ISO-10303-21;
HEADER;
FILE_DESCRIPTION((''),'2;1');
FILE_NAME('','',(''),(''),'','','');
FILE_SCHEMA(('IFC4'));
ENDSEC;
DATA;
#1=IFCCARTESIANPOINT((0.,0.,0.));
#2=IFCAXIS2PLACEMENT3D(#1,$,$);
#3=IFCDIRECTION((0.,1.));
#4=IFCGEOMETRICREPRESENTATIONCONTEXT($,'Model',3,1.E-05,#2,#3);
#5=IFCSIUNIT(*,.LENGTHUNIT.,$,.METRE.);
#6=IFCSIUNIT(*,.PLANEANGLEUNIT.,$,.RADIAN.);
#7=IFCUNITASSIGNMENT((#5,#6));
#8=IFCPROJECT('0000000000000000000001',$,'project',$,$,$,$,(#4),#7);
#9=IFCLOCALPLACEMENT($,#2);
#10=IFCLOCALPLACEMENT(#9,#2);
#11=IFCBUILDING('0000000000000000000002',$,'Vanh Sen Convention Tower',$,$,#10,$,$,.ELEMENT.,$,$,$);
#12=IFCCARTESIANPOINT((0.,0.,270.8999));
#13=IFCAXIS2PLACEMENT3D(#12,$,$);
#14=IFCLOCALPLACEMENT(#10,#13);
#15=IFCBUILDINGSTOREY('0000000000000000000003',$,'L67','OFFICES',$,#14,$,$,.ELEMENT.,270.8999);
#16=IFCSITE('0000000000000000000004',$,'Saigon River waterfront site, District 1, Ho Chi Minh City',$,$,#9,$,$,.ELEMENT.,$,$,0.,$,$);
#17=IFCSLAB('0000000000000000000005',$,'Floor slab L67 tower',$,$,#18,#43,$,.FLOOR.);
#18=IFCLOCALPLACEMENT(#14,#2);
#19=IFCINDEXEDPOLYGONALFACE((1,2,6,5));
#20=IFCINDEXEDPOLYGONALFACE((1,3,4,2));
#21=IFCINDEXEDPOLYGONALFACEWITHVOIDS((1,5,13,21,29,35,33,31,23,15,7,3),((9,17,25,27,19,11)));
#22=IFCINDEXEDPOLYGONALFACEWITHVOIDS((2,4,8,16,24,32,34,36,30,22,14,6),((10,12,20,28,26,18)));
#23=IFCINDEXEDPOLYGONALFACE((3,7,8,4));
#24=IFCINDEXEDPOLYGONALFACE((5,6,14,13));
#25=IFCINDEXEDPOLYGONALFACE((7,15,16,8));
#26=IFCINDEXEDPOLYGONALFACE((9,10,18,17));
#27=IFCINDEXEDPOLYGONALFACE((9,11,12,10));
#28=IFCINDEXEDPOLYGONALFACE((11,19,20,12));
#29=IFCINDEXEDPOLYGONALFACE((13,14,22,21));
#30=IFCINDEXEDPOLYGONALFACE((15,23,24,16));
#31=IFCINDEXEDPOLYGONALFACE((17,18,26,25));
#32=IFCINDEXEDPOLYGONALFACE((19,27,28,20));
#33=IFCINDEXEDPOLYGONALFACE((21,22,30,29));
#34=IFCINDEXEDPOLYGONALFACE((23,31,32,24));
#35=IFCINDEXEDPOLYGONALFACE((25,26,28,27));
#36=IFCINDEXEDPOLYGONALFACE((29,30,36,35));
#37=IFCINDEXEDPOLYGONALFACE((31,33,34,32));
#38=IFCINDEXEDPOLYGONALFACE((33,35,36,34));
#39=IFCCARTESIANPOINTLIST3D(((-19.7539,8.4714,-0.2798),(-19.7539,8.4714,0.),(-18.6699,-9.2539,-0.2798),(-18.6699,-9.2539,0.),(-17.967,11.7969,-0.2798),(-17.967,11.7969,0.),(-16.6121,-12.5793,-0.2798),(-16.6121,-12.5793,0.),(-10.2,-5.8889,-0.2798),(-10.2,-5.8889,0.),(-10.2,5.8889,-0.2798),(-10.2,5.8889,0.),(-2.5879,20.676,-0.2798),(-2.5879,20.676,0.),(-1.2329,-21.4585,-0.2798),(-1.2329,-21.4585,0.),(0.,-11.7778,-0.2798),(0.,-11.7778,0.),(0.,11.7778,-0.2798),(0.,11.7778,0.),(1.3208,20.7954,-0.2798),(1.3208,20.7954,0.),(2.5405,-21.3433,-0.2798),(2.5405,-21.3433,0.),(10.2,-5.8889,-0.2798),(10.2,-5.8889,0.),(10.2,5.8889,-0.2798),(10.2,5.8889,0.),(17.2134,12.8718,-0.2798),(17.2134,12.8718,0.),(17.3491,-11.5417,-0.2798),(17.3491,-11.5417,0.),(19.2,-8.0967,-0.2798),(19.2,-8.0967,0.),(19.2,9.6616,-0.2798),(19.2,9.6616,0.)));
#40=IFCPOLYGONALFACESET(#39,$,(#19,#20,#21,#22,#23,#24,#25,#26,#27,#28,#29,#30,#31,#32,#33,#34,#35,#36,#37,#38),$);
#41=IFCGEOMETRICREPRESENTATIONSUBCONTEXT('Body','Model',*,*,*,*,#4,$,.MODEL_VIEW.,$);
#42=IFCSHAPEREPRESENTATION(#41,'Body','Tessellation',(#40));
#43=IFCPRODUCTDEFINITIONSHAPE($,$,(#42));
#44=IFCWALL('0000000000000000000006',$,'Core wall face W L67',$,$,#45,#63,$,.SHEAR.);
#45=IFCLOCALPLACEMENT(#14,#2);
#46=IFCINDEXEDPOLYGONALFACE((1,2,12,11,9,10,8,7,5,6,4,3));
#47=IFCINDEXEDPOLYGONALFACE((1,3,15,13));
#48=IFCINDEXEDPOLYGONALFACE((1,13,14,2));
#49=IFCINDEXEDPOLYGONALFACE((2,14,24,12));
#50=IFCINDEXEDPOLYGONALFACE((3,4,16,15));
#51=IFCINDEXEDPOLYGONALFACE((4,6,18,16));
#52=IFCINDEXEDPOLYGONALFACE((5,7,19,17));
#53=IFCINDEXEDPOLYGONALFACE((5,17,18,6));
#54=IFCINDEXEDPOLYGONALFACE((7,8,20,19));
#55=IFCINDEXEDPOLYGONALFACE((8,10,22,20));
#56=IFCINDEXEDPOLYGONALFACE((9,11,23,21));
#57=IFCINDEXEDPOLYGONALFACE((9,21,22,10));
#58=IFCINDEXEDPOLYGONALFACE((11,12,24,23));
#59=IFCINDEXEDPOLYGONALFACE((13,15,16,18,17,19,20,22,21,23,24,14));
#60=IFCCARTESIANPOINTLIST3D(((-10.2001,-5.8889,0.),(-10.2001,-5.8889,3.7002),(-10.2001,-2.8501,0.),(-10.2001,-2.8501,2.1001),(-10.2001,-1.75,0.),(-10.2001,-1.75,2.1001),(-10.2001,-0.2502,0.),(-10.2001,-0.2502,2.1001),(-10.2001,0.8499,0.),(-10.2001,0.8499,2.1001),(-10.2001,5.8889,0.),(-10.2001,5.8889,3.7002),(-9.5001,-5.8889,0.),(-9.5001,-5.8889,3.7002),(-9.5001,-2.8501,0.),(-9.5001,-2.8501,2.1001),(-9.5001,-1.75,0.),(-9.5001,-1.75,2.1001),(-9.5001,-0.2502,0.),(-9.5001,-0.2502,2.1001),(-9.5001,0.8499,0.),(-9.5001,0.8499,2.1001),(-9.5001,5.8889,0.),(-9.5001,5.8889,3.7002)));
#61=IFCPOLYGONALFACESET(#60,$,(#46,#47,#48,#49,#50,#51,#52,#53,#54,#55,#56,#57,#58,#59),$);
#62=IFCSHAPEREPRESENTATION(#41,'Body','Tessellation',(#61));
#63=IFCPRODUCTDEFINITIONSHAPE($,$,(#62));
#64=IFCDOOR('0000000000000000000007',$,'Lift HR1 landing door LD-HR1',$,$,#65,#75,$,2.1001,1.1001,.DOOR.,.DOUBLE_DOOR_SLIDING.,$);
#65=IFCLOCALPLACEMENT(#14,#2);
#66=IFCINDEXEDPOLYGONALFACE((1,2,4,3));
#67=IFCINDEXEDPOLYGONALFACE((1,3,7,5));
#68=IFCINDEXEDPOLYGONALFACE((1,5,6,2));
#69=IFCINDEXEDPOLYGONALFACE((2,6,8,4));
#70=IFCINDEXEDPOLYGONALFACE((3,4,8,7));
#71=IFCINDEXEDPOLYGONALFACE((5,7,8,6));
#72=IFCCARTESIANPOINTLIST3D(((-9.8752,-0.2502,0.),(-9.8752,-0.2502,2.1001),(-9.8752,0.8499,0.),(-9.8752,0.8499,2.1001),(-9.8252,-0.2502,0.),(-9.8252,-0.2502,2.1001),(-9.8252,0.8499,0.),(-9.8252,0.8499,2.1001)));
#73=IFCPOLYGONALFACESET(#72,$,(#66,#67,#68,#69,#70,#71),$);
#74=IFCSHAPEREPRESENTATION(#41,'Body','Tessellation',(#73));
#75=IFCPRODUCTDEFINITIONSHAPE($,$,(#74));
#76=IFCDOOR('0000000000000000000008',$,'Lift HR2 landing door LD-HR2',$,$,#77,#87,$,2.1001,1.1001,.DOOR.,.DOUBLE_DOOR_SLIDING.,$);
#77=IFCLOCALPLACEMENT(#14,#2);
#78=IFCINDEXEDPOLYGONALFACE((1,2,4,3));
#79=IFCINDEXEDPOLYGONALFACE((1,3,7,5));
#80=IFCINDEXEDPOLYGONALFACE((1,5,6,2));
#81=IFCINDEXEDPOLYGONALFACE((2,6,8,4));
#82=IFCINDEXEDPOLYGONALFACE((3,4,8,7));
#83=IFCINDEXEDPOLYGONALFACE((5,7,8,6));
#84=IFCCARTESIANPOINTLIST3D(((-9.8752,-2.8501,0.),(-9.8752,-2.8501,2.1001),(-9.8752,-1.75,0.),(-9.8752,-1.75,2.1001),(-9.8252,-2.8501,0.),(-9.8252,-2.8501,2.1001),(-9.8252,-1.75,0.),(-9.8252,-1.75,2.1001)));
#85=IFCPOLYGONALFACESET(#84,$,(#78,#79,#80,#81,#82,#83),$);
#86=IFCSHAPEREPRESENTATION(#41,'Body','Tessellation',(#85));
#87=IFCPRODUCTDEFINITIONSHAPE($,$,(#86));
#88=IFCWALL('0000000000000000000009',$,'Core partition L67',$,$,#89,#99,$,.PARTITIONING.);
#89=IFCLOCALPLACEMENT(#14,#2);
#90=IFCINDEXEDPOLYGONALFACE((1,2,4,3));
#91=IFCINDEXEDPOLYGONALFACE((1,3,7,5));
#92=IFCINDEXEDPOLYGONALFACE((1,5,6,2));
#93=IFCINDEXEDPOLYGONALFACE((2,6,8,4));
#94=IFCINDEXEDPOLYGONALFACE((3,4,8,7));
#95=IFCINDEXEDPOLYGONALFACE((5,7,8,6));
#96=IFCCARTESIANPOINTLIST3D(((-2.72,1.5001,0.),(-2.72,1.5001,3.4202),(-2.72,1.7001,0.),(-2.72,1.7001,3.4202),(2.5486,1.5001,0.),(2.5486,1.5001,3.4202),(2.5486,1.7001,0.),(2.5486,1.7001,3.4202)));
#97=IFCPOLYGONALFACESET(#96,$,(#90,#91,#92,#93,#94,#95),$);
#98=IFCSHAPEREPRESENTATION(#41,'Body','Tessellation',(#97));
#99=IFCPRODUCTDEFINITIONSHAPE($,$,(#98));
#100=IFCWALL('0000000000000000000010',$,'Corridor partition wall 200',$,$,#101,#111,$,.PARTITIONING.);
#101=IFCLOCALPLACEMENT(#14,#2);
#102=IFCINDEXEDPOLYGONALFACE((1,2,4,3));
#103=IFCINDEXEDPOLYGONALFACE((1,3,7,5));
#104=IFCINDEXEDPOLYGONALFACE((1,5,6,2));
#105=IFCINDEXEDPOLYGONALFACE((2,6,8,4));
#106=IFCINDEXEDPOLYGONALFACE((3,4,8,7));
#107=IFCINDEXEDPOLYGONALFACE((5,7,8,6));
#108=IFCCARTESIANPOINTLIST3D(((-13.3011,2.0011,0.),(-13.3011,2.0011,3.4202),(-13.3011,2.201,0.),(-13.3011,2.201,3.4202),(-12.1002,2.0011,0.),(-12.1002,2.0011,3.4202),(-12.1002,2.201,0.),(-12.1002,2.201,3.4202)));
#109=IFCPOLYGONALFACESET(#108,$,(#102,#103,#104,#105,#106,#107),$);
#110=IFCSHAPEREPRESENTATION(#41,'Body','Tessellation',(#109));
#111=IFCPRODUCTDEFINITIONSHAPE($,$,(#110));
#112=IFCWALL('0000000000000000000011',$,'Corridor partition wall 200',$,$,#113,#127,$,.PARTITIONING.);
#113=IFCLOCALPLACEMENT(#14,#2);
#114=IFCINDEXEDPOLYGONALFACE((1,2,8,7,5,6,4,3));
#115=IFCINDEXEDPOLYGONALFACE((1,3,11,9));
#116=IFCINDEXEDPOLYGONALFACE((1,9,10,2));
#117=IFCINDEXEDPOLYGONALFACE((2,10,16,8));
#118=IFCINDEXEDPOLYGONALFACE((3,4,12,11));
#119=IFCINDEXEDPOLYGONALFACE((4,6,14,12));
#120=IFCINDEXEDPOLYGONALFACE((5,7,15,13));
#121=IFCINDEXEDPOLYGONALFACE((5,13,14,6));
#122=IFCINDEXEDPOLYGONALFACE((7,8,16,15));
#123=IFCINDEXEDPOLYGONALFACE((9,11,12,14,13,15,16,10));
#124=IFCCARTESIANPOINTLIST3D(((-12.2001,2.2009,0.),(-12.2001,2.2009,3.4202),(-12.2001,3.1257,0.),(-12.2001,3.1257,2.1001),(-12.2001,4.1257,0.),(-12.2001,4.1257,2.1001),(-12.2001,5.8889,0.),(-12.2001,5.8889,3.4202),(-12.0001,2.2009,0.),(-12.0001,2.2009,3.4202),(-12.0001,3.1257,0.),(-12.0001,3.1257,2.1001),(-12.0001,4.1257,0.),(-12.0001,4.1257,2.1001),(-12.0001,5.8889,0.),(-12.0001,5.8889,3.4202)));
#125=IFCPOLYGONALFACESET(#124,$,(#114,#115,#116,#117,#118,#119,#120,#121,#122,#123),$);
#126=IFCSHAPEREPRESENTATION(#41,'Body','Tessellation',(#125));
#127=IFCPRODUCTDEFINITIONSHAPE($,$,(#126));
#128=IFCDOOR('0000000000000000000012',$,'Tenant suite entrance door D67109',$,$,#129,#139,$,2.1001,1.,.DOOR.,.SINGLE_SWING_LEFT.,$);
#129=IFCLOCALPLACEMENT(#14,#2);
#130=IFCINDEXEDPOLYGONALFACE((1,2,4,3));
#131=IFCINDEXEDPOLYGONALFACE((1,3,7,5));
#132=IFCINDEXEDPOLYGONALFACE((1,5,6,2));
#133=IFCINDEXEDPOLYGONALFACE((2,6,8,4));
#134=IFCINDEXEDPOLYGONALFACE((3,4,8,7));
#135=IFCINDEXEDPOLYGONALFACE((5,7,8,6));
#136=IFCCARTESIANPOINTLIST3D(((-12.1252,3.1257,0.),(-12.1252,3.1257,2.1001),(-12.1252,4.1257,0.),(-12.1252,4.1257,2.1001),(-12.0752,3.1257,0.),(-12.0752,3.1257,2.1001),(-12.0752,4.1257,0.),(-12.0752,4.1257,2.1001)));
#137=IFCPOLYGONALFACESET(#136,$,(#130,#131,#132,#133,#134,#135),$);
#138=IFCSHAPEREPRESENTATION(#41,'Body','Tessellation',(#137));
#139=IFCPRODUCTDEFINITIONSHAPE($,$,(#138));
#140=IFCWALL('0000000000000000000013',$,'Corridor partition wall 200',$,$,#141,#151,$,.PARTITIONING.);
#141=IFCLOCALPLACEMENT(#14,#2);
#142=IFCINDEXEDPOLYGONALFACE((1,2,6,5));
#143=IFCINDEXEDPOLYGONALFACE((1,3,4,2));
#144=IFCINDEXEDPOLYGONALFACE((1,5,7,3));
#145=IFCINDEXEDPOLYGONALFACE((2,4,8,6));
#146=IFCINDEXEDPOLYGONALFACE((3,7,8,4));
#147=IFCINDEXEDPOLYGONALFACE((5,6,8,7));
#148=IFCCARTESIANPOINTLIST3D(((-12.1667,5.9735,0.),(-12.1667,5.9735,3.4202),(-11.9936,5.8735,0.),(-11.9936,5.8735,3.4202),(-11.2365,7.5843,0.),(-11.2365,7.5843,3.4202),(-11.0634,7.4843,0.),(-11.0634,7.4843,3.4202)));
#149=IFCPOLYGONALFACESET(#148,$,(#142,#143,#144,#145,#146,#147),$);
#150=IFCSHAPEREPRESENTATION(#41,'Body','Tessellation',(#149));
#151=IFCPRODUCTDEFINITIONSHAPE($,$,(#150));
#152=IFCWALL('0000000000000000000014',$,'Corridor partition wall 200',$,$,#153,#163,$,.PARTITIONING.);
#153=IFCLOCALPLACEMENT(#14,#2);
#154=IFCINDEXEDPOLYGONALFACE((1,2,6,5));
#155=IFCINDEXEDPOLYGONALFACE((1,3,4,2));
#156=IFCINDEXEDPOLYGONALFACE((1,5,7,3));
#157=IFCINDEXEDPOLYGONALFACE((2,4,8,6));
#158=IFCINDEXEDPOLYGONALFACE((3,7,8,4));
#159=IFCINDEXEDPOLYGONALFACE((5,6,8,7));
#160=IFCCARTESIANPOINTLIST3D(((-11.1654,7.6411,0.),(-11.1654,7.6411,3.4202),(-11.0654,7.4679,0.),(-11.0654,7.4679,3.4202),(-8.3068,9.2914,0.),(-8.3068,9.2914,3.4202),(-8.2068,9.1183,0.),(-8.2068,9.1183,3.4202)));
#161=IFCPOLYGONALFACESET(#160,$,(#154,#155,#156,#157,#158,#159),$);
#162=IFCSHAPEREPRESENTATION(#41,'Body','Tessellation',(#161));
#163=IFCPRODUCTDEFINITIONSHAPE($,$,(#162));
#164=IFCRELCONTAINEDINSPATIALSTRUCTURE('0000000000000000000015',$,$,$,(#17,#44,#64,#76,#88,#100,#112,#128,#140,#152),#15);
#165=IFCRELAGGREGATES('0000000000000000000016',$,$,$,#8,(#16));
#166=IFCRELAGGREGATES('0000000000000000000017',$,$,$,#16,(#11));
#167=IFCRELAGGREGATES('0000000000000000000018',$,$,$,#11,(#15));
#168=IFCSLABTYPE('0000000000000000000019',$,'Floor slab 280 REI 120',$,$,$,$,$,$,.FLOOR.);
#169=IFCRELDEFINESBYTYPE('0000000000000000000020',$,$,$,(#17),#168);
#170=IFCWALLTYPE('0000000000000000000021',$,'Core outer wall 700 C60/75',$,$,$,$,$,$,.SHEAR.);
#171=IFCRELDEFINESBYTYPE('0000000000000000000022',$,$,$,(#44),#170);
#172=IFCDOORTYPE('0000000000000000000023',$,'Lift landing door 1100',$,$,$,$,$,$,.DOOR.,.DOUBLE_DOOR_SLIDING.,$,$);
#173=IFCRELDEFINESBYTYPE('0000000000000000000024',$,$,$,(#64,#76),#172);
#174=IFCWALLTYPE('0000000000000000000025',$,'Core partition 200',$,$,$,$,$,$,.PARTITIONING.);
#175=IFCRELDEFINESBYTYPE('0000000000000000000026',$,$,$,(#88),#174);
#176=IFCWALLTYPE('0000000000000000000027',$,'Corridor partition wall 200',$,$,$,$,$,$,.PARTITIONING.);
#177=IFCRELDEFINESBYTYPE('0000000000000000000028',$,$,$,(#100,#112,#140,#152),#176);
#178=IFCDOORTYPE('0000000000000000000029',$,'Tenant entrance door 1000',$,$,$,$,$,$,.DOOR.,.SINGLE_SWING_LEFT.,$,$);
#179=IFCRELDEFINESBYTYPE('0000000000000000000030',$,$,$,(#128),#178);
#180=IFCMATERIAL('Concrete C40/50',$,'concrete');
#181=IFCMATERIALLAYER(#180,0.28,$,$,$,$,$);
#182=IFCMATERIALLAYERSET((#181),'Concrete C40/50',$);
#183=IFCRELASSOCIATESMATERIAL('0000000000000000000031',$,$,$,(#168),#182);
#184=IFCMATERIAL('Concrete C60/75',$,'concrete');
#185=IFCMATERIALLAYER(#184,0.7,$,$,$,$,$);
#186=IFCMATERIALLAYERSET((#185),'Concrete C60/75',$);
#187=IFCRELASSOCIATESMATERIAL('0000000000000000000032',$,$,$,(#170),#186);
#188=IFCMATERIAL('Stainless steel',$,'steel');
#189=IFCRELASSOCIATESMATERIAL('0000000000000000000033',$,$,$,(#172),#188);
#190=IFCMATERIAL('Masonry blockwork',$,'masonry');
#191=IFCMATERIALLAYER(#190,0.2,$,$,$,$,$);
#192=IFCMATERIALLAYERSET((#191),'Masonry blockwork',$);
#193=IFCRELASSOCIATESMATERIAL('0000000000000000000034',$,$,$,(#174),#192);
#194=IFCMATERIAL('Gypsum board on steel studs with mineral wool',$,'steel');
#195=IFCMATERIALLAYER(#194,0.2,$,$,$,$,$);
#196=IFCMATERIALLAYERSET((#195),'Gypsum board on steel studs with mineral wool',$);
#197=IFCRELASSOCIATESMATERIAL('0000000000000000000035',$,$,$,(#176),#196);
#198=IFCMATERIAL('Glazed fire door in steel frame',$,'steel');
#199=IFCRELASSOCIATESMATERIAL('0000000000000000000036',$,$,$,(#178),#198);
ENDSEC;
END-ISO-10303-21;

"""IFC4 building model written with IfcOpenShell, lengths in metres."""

from ifc_helpers import new_model, si_unit, direction, frame, frame_2d, origin, place, context, subcontext, project, spatial, polyline, rectangle, outline, extrude, material, layer, layer_set, type_object, element, fill, save


model = new_model("IFC4")

# Units and contexts
model_context = context("Model", 3, precision=1e-05, world=origin(), true_north=direction((0.0, 1.0)))
body_context = subcontext(model_context, "Body", "Model", "MODEL_VIEW")
ifc_project = project(units=[si_unit("LENGTHUNIT", "METRE"), si_unit("PLANEANGLEUNIT", "RADIAN")], contexts=[model_context])

# Site, building, storey
site_placement = place(None, origin())
site = spatial("IfcSite", under=ifc_project, at=site_placement, Name="Saigon River waterfront site, District 1, Ho Chi Minh City", CompositionType="ELEMENT", RefElevation=0.0)
building_placement = place(site_placement, origin())
building = spatial("IfcBuilding", under=site, at=building_placement, Name="Vanh Sen Convention Tower", CompositionType="ELEMENT")
storey_placement = place(building_placement, frame((0.0, 0.0, 270.8999)))
storey = spatial("IfcBuildingStorey", under=building, at=storey_placement, Name="L67", Description="OFFICES", CompositionType="ELEMENT", Elevation=270.8999)

# Slab
ifc_material_1 = material(Name="Concrete C40/50", Category="concrete")
ifc_layer_1 = layer(ifc_material_1, 0.28)
ifc_layer_set_1 = layer_set([ifc_layer_1], Name="Concrete C40/50")
slab_type = type_object("IfcSlabType", Name="Floor slab 280 REI 120", PredefinedType="FLOOR", material=ifc_layer_set_1)
slab_placement = place(storey_placement, frame((0.0, 0.0, -0.2798)))
element("IfcSlab", 1, at=slab_placement, inside=storey, type_object=slab_type, Name="Floor slab L67 tower", PredefinedType="FLOOR", context=body_context, shape_type="SweptSolid", body=[
    extrude(outline(polyline([(19.2, -8.0967), (19.2, 9.6616), (17.2134, 12.8718), (1.3208, 20.7954), (-2.5879, 20.676), (-17.967, 11.7969), (-19.7539, 8.4714), (-18.6699, -9.2539), (-16.6121, -12.5793), (-1.2329, -21.4585), (2.5405, -21.3433), (17.3491, -11.5417), (19.2, -8.0967)]), holes=[polyline([(0.0, 11.7778), (-10.2, 5.8889), (-10.2, -5.8889), (0.0, -11.7778), (10.2, -5.8889), (10.2, 5.8889), (0.0, 11.7778)])]), origin(), (0.0, 0.0, 1.0), 0.2798),
])

# Wall, openings, doors
ifc_material_2 = material(Name="Concrete C60/75", Category="concrete")
ifc_layer_2 = layer(ifc_material_2, 0.7)
ifc_layer_set_2 = layer_set([ifc_layer_2], Name="Concrete C60/75")
wall_type_1 = type_object("IfcWallType", Name="Core outer wall 700 C60/75", PredefinedType="SHEAR", material=ifc_layer_set_2)
wall_1_placement = place(storey_placement, frame((-9.8501, 5.8889, 0.0), z_axis=(0.0, 0.0, 1.0), x_axis=(0.0, -1.0, 0.0)))
wall_1 = element("IfcWall", 2, at=wall_1_placement, inside=storey, type_object=wall_type_1, Name="Core wall face W L67", PredefinedType="SHEAR", context=body_context, shape_type="SweptSolid", body=[
    extrude(rectangle(XDim=11.7778, YDim=0.7, at=frame_2d((5.8889, 0.0))), origin(), (0.0, 0.0, 1.0), 3.7002),
])
opening_1_placement = place(wall_1_placement, frame((5.0391, 0.0, 0.0)))
opening_1 = element("IfcOpeningElement", 3, at=opening_1_placement, cuts=wall_1, PredefinedType="OPENING", context=body_context, shape_type="SweptSolid", body=[
    extrude(rectangle(XDim=1.1001, YDim=2.1001, at=frame_2d((0.55, 1.05))), frame((0.0, 0.3599, 0.0), z_axis=(0.0, -1.0, 0.0), x_axis=(1.0, 0.0, 0.0)), (0.0, 0.0, 1.0), 0.72),
])
opening_2_placement = place(wall_1_placement, frame((7.6389, 0.0, 0.0)))
opening_2 = element("IfcOpeningElement", 4, at=opening_2_placement, cuts=wall_1, PredefinedType="OPENING", context=body_context, shape_type="SweptSolid", body=[
    extrude(rectangle(XDim=1.1001, YDim=2.1001, at=frame_2d((0.55, 1.05))), frame((0.0, 0.3599, 0.0), z_axis=(0.0, -1.0, 0.0), x_axis=(1.0, 0.0, 0.0)), (0.0, 0.0, 1.0), 0.72),
])
ifc_material_3 = material(Name="Stainless steel", Category="steel")
door_type_1 = type_object("IfcDoorType", Name="Lift landing door 1100", OperationType="DOUBLE_DOOR_SLIDING", PredefinedType="DOOR", material=ifc_material_3)
door_1_placement = place(opening_1_placement, origin())
door_1 = element("IfcDoor", 5, at=door_1_placement, inside=storey, type_object=door_type_1, Name="Lift HR1 landing door LD-HR1", OperationType="DOUBLE_DOOR_SLIDING", OverallHeight=2.1001, OverallWidth=1.1001, PredefinedType="DOOR", context=body_context, shape_type="SweptSolid", body=[
    extrude(rectangle(XDim=1.1001, YDim=2.1001, at=frame_2d((0.55, 1.05))), frame((0.0, 0.0249, 0.0), z_axis=(0.0, -1.0, 0.0), x_axis=(1.0, 0.0, 0.0)), (0.0, 0.0, 1.0), 0.05),
])
fill(opening_1, door_1)
door_2_placement = place(opening_2_placement, origin())
door_2 = element("IfcDoor", 6, at=door_2_placement, inside=storey, type_object=door_type_1, Name="Lift HR2 landing door LD-HR2", OperationType="DOUBLE_DOOR_SLIDING", OverallHeight=2.1001, OverallWidth=1.1001, PredefinedType="DOOR", context=body_context, shape_type="SweptSolid", body=[
    extrude(rectangle(XDim=1.1001, YDim=2.1001, at=frame_2d((0.55, 1.05))), frame((0.0, 0.0249, 0.0), z_axis=(0.0, -1.0, 0.0), x_axis=(1.0, 0.0, 0.0)), (0.0, 0.0, 1.0), 0.05),
])
fill(opening_2, door_2)

# Walls
ifc_material_4 = material(Name="Masonry blockwork", Category="masonry")
ifc_layer_3 = layer(ifc_material_4, 0.2)
ifc_layer_set_3 = layer_set([ifc_layer_3], Name="Masonry blockwork")
wall_type_2 = type_object("IfcWallType", Name="Core partition 200", PredefinedType="PARTITIONING", material=ifc_layer_set_3)
wall_2_placement = place(storey_placement, frame((-2.72, 1.6001, 0.0), z_axis=(0.0, 0.0, 1.0), x_axis=(1.0, 0.0, 0.0)))
element("IfcWall", 7, at=wall_2_placement, inside=storey, type_object=wall_type_2, Name="Core partition L67", PredefinedType="PARTITIONING", context=body_context, shape_type="SweptSolid", body=[
    extrude(rectangle(XDim=5.2686, YDim=0.2, at=frame_2d((2.6343, 0.0))), origin(), (0.0, 0.0, 1.0), 3.4202),
])
ifc_material_5 = material(Name="Gypsum board on steel studs with mineral wool", Category="steel")
ifc_layer_4 = layer(ifc_material_5, 0.2)
ifc_layer_set_4 = layer_set([ifc_layer_4], Name="Gypsum board on steel studs with mineral wool")
wall_type_3 = type_object("IfcWallType", Name="Corridor partition wall 200", PredefinedType="PARTITIONING", material=ifc_layer_set_4)
wall_3_placement = place(storey_placement, frame((-12.1001, 2.1011, 0.0), z_axis=(0.0, 0.0, 1.0), x_axis=(-1.0, 0.0, 0.0)))
element("IfcWall", 8, at=wall_3_placement, inside=storey, type_object=wall_type_3, Name="Corridor partition wall 200", PredefinedType="PARTITIONING", context=body_context, shape_type="SweptSolid", body=[
    extrude(rectangle(XDim=1.2009, YDim=0.2, at=frame_2d((0.6006, 0.0))), origin(), (0.0, 0.0, 1.0), 3.4202),
])

# Wall, opening, door
wall_4_placement = place(storey_placement, frame((-12.1001, 5.8889, 0.0), z_axis=(0.0, 0.0, 1.0), x_axis=(0.0, -1.0, 0.0)))
wall_4 = element("IfcWall", 9, at=wall_4_placement, inside=storey, type_object=wall_type_3, Name="Corridor partition wall 200", PredefinedType="PARTITIONING", context=body_context, shape_type="SweptSolid", body=[
    extrude(rectangle(XDim=3.688, YDim=0.2, at=frame_2d((1.844, 0.0))), origin(), (0.0, 0.0, 1.0), 3.4202),
])
opening_3_placement = place(wall_4_placement, frame((1.7632, 0.0, 0.0)))
opening_3 = element("IfcOpeningElement", 10, at=opening_3_placement, cuts=wall_4, PredefinedType="OPENING", context=body_context, shape_type="SweptSolid", body=[
    extrude(rectangle(XDim=1.0, YDim=2.1001, at=frame_2d((0.5, 1.05))), frame((0.0, 0.1099, 0.0), z_axis=(0.0, -1.0, 0.0), x_axis=(1.0, 0.0, 0.0)), (0.0, 0.0, 1.0), 0.22),
])
ifc_material_6 = material(Name="Glazed fire door in steel frame", Category="steel")
door_type_2 = type_object("IfcDoorType", Name="Tenant entrance door 1000", OperationType="SINGLE_SWING_LEFT", PredefinedType="DOOR", material=ifc_material_6)
door_3_placement = place(opening_3_placement, origin())
door_3 = element("IfcDoor", 11, at=door_3_placement, inside=storey, type_object=door_type_2, Name="Tenant suite entrance door D67109", OperationType="SINGLE_SWING_LEFT", OverallHeight=2.1001, OverallWidth=1.0, PredefinedType="DOOR", context=body_context, shape_type="SweptSolid", body=[
    extrude(rectangle(XDim=1.0, YDim=2.1001, at=frame_2d((0.5, 1.05))), frame((0.0, 0.0249, 0.0), z_axis=(0.0, -1.0, 0.0), x_axis=(1.0, 0.0, 0.0)), (0.0, 0.0, 1.0), 0.05),
])
fill(opening_3, door_3)

# Walls
wall_5_placement = place(storey_placement, frame((-11.1499, 7.5344, 0.0), z_axis=(0.0, 0.0, 1.0), x_axis=(-0.500063, -0.865989, 0.0)))
element("IfcWall", 12, at=wall_5_placement, inside=storey, type_object=wall_type_3, Name="Corridor partition wall 200", PredefinedType="PARTITIONING", context=body_context, shape_type="SweptSolid", body=[
    extrude(rectangle(XDim=1.8601, YDim=0.2, at=frame_2d((0.9302, 0.0))), origin(), (0.0, 0.0, 1.0), 3.4202),
])
wall_6_placement = place(storey_placement, frame((-8.2568, 9.2048, 0.0), z_axis=(0.0, 0.0, 1.0), x_axis=(-0.866032, -0.499989, 0.0)))
element("IfcWall", 13, at=wall_6_placement, inside=storey, type_object=wall_type_3, Name="Corridor partition wall 200", PredefinedType="PARTITIONING", context=body_context, shape_type="SweptSolid", body=[
    extrude(rectangle(XDim=3.3008, YDim=0.2, at=frame_2d((1.6504, 0.0))), origin(), (0.0, 0.0, 1.0), 3.4202),
])

save(model, "model.ifc")
